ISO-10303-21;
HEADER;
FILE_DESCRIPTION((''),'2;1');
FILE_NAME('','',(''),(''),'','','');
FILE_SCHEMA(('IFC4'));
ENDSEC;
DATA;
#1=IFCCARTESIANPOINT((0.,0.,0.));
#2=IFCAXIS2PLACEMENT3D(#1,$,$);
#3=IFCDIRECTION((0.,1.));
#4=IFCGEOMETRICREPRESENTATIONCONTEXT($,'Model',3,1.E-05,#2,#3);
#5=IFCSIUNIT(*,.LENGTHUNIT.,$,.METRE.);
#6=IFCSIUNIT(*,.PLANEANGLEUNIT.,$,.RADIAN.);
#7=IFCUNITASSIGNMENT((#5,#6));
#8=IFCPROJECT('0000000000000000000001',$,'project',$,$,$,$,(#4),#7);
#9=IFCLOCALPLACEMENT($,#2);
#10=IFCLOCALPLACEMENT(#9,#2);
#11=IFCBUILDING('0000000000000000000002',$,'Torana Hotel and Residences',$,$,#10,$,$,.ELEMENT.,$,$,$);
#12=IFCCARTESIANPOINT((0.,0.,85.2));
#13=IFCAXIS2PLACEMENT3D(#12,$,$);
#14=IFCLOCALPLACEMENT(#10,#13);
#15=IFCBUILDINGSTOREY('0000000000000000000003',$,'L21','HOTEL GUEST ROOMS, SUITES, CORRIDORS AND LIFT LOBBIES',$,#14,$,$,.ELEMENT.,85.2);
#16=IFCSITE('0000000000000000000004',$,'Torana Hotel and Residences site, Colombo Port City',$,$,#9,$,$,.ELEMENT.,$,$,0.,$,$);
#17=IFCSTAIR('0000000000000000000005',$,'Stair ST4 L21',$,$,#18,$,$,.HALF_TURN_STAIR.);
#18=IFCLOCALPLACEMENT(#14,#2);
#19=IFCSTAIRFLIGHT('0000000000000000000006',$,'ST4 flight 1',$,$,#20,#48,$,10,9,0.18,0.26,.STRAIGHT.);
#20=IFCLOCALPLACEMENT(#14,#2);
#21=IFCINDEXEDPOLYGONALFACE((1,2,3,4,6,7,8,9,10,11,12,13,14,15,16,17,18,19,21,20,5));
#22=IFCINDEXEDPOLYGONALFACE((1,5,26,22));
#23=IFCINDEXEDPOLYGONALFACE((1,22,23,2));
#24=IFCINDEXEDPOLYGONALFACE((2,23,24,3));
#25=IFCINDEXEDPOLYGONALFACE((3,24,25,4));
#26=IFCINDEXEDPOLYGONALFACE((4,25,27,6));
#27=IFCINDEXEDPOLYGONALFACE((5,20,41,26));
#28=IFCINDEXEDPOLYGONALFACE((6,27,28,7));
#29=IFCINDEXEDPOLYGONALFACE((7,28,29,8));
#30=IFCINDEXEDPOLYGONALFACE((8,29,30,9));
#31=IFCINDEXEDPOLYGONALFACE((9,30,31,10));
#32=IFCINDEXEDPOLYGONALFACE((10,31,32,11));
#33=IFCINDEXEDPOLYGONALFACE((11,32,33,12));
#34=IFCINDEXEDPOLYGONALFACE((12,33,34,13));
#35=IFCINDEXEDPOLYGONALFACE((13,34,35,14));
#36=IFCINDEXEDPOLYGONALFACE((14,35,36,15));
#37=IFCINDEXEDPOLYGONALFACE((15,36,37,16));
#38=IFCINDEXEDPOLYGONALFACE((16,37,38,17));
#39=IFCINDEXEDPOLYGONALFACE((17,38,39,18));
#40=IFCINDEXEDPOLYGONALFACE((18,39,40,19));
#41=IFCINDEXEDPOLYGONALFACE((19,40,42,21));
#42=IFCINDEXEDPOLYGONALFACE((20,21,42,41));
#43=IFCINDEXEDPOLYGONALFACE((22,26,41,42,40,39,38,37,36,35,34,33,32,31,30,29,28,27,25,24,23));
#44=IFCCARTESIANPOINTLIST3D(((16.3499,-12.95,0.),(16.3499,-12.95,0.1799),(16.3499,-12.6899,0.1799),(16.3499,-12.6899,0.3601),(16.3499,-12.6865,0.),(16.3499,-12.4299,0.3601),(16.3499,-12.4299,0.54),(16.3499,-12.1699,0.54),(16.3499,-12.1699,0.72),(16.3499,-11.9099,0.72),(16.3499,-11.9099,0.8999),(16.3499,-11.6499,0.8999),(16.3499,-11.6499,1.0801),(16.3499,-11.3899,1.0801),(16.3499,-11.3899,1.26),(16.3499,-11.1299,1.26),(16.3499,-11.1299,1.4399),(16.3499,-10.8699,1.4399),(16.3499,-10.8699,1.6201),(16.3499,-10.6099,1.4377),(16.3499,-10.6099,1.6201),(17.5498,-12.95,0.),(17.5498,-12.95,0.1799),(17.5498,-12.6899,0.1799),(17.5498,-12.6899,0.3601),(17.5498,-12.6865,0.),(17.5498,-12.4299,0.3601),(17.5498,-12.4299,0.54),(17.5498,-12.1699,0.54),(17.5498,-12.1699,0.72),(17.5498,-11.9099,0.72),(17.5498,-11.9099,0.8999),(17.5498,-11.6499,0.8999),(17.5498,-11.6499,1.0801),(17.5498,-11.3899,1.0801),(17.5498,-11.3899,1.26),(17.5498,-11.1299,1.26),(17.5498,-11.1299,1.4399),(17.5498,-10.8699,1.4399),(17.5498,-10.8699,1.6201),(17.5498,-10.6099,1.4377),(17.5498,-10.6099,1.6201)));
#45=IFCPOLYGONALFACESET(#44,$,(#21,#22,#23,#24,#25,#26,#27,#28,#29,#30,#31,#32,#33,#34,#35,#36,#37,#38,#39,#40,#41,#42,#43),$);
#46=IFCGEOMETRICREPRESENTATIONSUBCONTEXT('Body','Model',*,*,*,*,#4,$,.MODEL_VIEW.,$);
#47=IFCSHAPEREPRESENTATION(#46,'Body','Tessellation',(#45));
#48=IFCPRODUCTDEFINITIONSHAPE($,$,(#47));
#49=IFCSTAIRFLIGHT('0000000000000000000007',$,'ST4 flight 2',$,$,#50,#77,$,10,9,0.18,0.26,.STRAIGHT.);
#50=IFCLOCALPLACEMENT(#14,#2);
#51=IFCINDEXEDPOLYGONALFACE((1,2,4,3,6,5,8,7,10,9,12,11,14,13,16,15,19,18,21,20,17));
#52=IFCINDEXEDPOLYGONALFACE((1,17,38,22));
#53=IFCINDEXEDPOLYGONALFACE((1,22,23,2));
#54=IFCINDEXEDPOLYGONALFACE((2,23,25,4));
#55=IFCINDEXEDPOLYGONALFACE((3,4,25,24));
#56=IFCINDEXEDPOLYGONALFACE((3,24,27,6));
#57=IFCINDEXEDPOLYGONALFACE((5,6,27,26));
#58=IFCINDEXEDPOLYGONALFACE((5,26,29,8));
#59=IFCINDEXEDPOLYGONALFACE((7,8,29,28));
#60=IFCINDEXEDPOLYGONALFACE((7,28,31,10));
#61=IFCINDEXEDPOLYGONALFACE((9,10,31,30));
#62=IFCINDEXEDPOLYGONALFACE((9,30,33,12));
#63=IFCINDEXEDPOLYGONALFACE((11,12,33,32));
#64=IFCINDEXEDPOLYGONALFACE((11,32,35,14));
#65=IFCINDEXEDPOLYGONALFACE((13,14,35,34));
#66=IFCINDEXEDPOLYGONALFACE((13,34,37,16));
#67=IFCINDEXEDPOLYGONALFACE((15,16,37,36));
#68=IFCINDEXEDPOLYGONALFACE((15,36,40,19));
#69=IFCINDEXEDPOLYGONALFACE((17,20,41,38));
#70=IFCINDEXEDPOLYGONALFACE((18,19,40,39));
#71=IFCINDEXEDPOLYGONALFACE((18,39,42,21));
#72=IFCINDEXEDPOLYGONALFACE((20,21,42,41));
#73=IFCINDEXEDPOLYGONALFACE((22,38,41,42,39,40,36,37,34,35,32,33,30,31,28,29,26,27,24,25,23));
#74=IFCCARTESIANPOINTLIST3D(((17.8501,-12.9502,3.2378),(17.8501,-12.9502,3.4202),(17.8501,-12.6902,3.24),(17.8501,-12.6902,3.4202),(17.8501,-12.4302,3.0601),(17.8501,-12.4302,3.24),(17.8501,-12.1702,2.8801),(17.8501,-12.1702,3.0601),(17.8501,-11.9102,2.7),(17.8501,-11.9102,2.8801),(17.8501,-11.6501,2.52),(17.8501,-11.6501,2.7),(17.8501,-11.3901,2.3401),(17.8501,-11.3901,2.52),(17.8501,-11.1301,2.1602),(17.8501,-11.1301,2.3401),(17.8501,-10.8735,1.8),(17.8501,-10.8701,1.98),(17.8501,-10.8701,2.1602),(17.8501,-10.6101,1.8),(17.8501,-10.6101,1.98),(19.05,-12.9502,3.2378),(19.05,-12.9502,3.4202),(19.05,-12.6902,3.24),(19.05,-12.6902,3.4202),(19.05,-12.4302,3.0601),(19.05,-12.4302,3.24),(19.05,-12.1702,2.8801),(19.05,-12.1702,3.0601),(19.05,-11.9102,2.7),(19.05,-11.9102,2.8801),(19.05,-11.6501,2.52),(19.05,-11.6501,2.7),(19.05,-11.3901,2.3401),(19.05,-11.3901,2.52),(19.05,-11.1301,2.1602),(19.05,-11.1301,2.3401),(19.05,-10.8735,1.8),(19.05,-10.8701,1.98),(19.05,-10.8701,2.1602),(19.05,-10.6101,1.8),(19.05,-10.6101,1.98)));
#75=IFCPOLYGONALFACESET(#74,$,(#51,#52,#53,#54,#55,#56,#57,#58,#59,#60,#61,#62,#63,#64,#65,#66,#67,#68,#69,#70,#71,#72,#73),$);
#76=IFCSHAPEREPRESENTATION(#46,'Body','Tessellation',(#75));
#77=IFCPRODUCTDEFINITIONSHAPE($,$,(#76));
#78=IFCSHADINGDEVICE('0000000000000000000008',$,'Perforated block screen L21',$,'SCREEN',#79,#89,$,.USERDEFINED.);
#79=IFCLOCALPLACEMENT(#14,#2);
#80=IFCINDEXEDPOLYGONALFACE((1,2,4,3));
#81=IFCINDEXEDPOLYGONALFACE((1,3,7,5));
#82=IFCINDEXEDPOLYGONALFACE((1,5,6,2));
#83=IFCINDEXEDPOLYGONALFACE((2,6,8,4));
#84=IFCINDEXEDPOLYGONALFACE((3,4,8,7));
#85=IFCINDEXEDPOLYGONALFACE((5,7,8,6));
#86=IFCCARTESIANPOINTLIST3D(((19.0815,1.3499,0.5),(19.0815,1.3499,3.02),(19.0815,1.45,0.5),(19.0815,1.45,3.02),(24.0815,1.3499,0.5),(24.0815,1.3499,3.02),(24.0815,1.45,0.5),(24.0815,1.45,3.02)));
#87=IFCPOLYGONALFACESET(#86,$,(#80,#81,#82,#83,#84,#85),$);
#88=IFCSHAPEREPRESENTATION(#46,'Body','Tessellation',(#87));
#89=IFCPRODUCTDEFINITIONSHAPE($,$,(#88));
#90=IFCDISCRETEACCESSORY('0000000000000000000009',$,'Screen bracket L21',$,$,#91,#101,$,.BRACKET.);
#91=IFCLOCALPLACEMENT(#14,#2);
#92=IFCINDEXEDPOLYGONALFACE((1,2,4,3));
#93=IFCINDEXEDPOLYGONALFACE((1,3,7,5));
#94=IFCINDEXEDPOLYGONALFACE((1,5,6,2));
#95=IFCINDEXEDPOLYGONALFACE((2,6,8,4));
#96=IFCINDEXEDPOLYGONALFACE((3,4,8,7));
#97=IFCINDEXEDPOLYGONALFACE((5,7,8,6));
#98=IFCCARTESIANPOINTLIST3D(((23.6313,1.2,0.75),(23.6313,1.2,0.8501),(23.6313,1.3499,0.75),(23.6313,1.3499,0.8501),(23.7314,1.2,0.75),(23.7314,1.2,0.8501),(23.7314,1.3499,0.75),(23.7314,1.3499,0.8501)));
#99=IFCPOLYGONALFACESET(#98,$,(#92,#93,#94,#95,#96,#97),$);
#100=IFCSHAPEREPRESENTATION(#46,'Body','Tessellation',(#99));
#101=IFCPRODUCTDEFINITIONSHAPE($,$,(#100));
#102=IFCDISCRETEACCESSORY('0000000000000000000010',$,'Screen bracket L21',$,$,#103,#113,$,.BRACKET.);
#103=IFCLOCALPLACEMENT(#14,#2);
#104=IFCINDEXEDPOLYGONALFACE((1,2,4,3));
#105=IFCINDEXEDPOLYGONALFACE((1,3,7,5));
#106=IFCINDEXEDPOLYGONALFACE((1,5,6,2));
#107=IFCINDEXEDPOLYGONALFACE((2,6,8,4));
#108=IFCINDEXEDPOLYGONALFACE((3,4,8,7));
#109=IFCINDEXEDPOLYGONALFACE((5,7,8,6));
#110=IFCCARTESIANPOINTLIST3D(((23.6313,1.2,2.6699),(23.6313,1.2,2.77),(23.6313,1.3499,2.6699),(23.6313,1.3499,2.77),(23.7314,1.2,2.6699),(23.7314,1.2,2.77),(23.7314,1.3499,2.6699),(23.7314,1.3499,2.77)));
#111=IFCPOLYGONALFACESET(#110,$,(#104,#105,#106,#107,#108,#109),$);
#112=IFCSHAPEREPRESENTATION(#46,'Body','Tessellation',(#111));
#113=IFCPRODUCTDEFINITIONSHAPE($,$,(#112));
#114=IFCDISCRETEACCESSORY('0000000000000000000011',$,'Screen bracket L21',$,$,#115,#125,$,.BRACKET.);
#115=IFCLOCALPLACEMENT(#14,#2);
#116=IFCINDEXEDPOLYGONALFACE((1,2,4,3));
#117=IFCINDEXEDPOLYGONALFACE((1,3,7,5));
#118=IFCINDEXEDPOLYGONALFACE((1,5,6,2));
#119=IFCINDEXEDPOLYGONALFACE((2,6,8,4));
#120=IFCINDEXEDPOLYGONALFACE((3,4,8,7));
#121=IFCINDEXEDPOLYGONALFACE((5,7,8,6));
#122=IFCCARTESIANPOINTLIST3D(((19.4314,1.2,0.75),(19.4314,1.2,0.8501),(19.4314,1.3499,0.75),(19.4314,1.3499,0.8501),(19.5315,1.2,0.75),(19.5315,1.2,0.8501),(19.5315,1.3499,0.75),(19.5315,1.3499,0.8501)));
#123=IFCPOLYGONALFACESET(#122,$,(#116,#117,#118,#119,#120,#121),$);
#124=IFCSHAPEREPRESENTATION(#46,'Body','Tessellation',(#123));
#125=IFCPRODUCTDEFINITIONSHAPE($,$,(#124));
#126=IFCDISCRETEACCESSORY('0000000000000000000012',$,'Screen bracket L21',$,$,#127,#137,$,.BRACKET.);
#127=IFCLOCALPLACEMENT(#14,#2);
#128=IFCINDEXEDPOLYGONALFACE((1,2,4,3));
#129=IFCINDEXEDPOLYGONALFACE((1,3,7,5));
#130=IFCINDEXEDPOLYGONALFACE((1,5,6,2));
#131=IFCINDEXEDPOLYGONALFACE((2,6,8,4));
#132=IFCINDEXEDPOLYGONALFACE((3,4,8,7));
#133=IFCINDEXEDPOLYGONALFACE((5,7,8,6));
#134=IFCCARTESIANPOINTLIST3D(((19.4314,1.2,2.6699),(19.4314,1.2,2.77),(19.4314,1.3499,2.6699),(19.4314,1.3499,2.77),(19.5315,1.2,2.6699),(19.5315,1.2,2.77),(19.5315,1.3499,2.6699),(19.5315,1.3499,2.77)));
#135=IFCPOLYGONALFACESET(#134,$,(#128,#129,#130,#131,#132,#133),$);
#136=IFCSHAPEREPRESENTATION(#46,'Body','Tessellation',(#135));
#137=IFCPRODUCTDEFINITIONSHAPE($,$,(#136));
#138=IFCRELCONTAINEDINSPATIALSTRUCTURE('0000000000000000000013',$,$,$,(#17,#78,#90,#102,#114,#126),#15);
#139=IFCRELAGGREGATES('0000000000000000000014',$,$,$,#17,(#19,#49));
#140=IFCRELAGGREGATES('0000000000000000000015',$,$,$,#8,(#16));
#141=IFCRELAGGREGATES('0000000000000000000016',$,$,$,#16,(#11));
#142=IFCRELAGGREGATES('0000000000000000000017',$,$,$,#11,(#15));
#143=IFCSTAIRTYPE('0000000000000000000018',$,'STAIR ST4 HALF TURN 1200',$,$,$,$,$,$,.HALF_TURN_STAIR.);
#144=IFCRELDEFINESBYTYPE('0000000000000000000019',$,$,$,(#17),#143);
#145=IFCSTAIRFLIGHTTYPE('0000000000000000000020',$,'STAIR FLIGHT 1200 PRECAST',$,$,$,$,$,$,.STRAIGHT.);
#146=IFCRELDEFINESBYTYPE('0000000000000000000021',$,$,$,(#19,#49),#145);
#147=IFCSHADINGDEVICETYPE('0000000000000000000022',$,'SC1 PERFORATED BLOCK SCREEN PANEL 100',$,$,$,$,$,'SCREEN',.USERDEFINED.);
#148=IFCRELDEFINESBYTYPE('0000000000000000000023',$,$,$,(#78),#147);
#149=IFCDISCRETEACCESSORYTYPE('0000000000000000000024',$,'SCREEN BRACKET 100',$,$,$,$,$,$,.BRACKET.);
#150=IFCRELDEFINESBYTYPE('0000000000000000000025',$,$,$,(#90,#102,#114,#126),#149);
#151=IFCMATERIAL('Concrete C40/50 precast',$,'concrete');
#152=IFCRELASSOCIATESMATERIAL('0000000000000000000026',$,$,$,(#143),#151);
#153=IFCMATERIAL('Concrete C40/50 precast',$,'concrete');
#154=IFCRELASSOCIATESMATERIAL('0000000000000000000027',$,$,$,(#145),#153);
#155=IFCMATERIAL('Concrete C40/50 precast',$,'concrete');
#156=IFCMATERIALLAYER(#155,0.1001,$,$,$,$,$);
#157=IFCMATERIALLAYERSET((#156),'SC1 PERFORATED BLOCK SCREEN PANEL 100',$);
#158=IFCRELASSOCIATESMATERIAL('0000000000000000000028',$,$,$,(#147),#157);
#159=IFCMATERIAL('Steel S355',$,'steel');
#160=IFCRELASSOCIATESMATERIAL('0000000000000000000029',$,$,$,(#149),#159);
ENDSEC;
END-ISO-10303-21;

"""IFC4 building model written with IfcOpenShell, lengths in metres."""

from ifc_helpers import new_model, si_unit, direction, frame, origin, origin_2d, place, context, subcontext, project, spatial, polyline, rectangle, outline, extrude, material, layer, layer_set, type_object, element, aggregate, save


model = new_model("IFC4")

# Units and contexts
model_context = context("Model", 3, precision=1e-05, world=origin(), true_north=direction((0.0, 1.0)))
body_context = subcontext(model_context, "Body", "Model", "MODEL_VIEW")
ifc_project = project(units=[si_unit("LENGTHUNIT", "METRE"), si_unit("PLANEANGLEUNIT", "RADIAN")], contexts=[model_context])

# Site, building, storey
site_placement = place(None, origin())
site = spatial("IfcSite", under=ifc_project, at=site_placement, Name="Torana Hotel and Residences site, Colombo Port City", CompositionType="ELEMENT", RefElevation=0.0)
building_placement = place(site_placement, origin())
building = spatial("IfcBuilding", under=site, at=building_placement, Name="Torana Hotel and Residences", CompositionType="ELEMENT")
storey_placement = place(building_placement, frame((0.0, 0.0, 85.2)))
storey = spatial("IfcBuildingStorey", under=building, at=storey_placement, Name="L21", Description="HOTEL GUEST ROOMS, SUITES, CORRIDORS AND LIFT LOBBIES", CompositionType="ELEMENT", Elevation=85.2)

# Stair, stair flights
ifc_material_1 = material(Name="Concrete C40/50 precast", Category="concrete")
stair_type = type_object("IfcStairType", Name="STAIR ST4 HALF TURN 1200", PredefinedType="HALF_TURN_STAIR", material=ifc_material_1)
stair_placement = place(storey_placement, origin())
stair = element("IfcStair", 1, at=stair_placement, inside=storey, type_object=stair_type, Name="Stair ST4 L21", PredefinedType="HALF_TURN_STAIR")
ifc_material_2 = material(Name="Concrete C40/50 precast", Category="concrete")
stair_flight_type = type_object("IfcStairFlightType", Name="STAIR FLIGHT 1200 PRECAST", PredefinedType="STRAIGHT", material=ifc_material_2)
stair_flight_1_placement = place(storey_placement, frame((16.95, -12.95, 0.0), z_axis=(0.0, 0.0, 1.0), x_axis=(0.0, 1.0, 0.0)))
stair_flight_1 = element("IfcStairFlight", 2, at=stair_flight_1_placement, type_object=stair_flight_type, Name="ST4 flight 1", NumberOfRisers=10, NumberOfTreads=9, PredefinedType="STRAIGHT", RiserHeight=0.18, TreadLength=0.26, context=body_context, shape_type="SweptSolid", body=[
    extrude(outline(polyline([(0.0, 0.0), (0.0, 0.1799), (0.26, 0.1799), (0.26, 0.3601), (0.52, 0.3601), (0.52, 0.54), (0.78, 0.54), (0.78, 0.72), (1.04, 0.72), (1.04, 0.8999), (1.3, 0.8999), (1.3, 1.0801), (1.5601, 1.0801), (1.5601, 1.26), (1.8201, 1.26), (1.8201, 1.4399), (2.0801, 1.4399), (2.0801, 1.6201), (2.3401, 1.6201), (2.3401, 1.8), (2.3401, 1.4377), (0.2634, 0.0), (0.0, 0.0)])), frame((0.0, 0.6001, 0.0), z_axis=(0.0, -1.0, 0.0), x_axis=(1.0, 0.0, 0.0)), (0.0, 0.0, 1.0), 1.2),
])
stair_flight_2_placement = place(storey_placement, frame((18.45, -10.6101, 1.8), z_axis=(0.0, 0.0, 1.0), x_axis=(0.0, -1.0, 0.0)))
stair_flight_2 = element("IfcStairFlight", 3, at=stair_flight_2_placement, type_object=stair_flight_type, Name="ST4 flight 2", NumberOfRisers=10, NumberOfTreads=9, PredefinedType="STRAIGHT", RiserHeight=0.18, TreadLength=0.26, context=body_context, shape_type="SweptSolid", body=[
    extrude(outline(polyline([(0.0, 0.0), (0.0, 0.1799), (0.26, 0.1799), (0.26, 0.3601), (0.52, 0.3601), (0.52, 0.54), (0.78, 0.54), (0.78, 0.72), (1.04, 0.72), (1.04, 0.8999), (1.3, 0.8999), (1.3, 1.0801), (1.5601, 1.0801), (1.5601, 1.26), (1.8201, 1.26), (1.8201, 1.4399), (2.0801, 1.4399), (2.0801, 1.6201), (2.3401, 1.6201), (2.3401, 1.8), (2.3401, 1.4377), (0.2634, 0.0), (0.0, 0.0)])), frame((0.0, 0.6001, 0.0), z_axis=(0.0, -1.0, 0.0), x_axis=(1.0, 0.0, 0.0)), (0.0, 0.0, 1.0), 1.2),
])
aggregate(stair, [stair_flight_1, stair_flight_2])

# Shading device
ifc_material_3 = material(Name="Concrete C40/50 precast", Category="concrete")
ifc_layer_1 = layer(ifc_material_3, 0.1001)
ifc_layer_set_1 = layer_set([ifc_layer_1], Name="SC1 PERFORATED BLOCK SCREEN PANEL 100")
shading_device_type = type_object("IfcShadingDeviceType", Name="SC1 PERFORATED BLOCK SCREEN PANEL 100", ElementType="SCREEN", PredefinedType="USERDEFINED", material=ifc_layer_set_1)
shading_device_placement = place(storey_placement, frame((21.5815, 1.3999, 0.5), z_axis=(0.0, 0.0, 1.0), x_axis=(-1.0, 0.0, 0.0)))
element("IfcShadingDevice", 4, at=shading_device_placement, inside=storey, type_object=shading_device_type, Name="Perforated block screen L21", ObjectType="SCREEN", PredefinedType="USERDEFINED", context=body_context, shape_type="SweptSolid", body=[
    extrude(rectangle(XDim=5.0, YDim=0.1001, at=origin_2d()), origin(), (0.0, 0.0, 1.0), 2.52),
])

# Discrete accessories
ifc_material_4 = material(Name="Steel S355", Category="steel")
discrete_accessory_type = type_object("IfcDiscreteAccessoryType", Name="SCREEN BRACKET 100", PredefinedType="BRACKET", material=ifc_material_4)
for number, where, z_axis, x_axis, name in (
    (5, (23.6814, 1.2749, 0.75), (0.0, 0.0, 1.0), (-1.0, 0.0, 0.0), "Screen bracket L21"),
    (6, (23.6814, 1.2749, 2.6699), (0.0, 0.0, 1.0), (-1.0, 0.0, 0.0), "Screen bracket L21"),
    (7, (19.4814, 1.2749, 0.75), (0.0, 0.0, 1.0), (-1.0, 0.0, 0.0), "Screen bracket L21"),
    (8, (19.4814, 1.2749, 2.6699), (0.0, 0.0, 1.0), (-1.0, 0.0, 0.0), "Screen bracket L21"),
):
    element("IfcDiscreteAccessory", number, at=place(storey_placement, frame(where, z_axis=z_axis, x_axis=x_axis)), inside=storey, type_object=discrete_accessory_type, Name=name, PredefinedType="BRACKET", context=body_context, shape_type="SweptSolid", body=[
        extrude(rectangle(XDim=0.1001, YDim=0.1499, at=origin_2d()), origin(), (0.0, 0.0, 1.0), 0.1001),
    ])

save(model, "model.ifc")
